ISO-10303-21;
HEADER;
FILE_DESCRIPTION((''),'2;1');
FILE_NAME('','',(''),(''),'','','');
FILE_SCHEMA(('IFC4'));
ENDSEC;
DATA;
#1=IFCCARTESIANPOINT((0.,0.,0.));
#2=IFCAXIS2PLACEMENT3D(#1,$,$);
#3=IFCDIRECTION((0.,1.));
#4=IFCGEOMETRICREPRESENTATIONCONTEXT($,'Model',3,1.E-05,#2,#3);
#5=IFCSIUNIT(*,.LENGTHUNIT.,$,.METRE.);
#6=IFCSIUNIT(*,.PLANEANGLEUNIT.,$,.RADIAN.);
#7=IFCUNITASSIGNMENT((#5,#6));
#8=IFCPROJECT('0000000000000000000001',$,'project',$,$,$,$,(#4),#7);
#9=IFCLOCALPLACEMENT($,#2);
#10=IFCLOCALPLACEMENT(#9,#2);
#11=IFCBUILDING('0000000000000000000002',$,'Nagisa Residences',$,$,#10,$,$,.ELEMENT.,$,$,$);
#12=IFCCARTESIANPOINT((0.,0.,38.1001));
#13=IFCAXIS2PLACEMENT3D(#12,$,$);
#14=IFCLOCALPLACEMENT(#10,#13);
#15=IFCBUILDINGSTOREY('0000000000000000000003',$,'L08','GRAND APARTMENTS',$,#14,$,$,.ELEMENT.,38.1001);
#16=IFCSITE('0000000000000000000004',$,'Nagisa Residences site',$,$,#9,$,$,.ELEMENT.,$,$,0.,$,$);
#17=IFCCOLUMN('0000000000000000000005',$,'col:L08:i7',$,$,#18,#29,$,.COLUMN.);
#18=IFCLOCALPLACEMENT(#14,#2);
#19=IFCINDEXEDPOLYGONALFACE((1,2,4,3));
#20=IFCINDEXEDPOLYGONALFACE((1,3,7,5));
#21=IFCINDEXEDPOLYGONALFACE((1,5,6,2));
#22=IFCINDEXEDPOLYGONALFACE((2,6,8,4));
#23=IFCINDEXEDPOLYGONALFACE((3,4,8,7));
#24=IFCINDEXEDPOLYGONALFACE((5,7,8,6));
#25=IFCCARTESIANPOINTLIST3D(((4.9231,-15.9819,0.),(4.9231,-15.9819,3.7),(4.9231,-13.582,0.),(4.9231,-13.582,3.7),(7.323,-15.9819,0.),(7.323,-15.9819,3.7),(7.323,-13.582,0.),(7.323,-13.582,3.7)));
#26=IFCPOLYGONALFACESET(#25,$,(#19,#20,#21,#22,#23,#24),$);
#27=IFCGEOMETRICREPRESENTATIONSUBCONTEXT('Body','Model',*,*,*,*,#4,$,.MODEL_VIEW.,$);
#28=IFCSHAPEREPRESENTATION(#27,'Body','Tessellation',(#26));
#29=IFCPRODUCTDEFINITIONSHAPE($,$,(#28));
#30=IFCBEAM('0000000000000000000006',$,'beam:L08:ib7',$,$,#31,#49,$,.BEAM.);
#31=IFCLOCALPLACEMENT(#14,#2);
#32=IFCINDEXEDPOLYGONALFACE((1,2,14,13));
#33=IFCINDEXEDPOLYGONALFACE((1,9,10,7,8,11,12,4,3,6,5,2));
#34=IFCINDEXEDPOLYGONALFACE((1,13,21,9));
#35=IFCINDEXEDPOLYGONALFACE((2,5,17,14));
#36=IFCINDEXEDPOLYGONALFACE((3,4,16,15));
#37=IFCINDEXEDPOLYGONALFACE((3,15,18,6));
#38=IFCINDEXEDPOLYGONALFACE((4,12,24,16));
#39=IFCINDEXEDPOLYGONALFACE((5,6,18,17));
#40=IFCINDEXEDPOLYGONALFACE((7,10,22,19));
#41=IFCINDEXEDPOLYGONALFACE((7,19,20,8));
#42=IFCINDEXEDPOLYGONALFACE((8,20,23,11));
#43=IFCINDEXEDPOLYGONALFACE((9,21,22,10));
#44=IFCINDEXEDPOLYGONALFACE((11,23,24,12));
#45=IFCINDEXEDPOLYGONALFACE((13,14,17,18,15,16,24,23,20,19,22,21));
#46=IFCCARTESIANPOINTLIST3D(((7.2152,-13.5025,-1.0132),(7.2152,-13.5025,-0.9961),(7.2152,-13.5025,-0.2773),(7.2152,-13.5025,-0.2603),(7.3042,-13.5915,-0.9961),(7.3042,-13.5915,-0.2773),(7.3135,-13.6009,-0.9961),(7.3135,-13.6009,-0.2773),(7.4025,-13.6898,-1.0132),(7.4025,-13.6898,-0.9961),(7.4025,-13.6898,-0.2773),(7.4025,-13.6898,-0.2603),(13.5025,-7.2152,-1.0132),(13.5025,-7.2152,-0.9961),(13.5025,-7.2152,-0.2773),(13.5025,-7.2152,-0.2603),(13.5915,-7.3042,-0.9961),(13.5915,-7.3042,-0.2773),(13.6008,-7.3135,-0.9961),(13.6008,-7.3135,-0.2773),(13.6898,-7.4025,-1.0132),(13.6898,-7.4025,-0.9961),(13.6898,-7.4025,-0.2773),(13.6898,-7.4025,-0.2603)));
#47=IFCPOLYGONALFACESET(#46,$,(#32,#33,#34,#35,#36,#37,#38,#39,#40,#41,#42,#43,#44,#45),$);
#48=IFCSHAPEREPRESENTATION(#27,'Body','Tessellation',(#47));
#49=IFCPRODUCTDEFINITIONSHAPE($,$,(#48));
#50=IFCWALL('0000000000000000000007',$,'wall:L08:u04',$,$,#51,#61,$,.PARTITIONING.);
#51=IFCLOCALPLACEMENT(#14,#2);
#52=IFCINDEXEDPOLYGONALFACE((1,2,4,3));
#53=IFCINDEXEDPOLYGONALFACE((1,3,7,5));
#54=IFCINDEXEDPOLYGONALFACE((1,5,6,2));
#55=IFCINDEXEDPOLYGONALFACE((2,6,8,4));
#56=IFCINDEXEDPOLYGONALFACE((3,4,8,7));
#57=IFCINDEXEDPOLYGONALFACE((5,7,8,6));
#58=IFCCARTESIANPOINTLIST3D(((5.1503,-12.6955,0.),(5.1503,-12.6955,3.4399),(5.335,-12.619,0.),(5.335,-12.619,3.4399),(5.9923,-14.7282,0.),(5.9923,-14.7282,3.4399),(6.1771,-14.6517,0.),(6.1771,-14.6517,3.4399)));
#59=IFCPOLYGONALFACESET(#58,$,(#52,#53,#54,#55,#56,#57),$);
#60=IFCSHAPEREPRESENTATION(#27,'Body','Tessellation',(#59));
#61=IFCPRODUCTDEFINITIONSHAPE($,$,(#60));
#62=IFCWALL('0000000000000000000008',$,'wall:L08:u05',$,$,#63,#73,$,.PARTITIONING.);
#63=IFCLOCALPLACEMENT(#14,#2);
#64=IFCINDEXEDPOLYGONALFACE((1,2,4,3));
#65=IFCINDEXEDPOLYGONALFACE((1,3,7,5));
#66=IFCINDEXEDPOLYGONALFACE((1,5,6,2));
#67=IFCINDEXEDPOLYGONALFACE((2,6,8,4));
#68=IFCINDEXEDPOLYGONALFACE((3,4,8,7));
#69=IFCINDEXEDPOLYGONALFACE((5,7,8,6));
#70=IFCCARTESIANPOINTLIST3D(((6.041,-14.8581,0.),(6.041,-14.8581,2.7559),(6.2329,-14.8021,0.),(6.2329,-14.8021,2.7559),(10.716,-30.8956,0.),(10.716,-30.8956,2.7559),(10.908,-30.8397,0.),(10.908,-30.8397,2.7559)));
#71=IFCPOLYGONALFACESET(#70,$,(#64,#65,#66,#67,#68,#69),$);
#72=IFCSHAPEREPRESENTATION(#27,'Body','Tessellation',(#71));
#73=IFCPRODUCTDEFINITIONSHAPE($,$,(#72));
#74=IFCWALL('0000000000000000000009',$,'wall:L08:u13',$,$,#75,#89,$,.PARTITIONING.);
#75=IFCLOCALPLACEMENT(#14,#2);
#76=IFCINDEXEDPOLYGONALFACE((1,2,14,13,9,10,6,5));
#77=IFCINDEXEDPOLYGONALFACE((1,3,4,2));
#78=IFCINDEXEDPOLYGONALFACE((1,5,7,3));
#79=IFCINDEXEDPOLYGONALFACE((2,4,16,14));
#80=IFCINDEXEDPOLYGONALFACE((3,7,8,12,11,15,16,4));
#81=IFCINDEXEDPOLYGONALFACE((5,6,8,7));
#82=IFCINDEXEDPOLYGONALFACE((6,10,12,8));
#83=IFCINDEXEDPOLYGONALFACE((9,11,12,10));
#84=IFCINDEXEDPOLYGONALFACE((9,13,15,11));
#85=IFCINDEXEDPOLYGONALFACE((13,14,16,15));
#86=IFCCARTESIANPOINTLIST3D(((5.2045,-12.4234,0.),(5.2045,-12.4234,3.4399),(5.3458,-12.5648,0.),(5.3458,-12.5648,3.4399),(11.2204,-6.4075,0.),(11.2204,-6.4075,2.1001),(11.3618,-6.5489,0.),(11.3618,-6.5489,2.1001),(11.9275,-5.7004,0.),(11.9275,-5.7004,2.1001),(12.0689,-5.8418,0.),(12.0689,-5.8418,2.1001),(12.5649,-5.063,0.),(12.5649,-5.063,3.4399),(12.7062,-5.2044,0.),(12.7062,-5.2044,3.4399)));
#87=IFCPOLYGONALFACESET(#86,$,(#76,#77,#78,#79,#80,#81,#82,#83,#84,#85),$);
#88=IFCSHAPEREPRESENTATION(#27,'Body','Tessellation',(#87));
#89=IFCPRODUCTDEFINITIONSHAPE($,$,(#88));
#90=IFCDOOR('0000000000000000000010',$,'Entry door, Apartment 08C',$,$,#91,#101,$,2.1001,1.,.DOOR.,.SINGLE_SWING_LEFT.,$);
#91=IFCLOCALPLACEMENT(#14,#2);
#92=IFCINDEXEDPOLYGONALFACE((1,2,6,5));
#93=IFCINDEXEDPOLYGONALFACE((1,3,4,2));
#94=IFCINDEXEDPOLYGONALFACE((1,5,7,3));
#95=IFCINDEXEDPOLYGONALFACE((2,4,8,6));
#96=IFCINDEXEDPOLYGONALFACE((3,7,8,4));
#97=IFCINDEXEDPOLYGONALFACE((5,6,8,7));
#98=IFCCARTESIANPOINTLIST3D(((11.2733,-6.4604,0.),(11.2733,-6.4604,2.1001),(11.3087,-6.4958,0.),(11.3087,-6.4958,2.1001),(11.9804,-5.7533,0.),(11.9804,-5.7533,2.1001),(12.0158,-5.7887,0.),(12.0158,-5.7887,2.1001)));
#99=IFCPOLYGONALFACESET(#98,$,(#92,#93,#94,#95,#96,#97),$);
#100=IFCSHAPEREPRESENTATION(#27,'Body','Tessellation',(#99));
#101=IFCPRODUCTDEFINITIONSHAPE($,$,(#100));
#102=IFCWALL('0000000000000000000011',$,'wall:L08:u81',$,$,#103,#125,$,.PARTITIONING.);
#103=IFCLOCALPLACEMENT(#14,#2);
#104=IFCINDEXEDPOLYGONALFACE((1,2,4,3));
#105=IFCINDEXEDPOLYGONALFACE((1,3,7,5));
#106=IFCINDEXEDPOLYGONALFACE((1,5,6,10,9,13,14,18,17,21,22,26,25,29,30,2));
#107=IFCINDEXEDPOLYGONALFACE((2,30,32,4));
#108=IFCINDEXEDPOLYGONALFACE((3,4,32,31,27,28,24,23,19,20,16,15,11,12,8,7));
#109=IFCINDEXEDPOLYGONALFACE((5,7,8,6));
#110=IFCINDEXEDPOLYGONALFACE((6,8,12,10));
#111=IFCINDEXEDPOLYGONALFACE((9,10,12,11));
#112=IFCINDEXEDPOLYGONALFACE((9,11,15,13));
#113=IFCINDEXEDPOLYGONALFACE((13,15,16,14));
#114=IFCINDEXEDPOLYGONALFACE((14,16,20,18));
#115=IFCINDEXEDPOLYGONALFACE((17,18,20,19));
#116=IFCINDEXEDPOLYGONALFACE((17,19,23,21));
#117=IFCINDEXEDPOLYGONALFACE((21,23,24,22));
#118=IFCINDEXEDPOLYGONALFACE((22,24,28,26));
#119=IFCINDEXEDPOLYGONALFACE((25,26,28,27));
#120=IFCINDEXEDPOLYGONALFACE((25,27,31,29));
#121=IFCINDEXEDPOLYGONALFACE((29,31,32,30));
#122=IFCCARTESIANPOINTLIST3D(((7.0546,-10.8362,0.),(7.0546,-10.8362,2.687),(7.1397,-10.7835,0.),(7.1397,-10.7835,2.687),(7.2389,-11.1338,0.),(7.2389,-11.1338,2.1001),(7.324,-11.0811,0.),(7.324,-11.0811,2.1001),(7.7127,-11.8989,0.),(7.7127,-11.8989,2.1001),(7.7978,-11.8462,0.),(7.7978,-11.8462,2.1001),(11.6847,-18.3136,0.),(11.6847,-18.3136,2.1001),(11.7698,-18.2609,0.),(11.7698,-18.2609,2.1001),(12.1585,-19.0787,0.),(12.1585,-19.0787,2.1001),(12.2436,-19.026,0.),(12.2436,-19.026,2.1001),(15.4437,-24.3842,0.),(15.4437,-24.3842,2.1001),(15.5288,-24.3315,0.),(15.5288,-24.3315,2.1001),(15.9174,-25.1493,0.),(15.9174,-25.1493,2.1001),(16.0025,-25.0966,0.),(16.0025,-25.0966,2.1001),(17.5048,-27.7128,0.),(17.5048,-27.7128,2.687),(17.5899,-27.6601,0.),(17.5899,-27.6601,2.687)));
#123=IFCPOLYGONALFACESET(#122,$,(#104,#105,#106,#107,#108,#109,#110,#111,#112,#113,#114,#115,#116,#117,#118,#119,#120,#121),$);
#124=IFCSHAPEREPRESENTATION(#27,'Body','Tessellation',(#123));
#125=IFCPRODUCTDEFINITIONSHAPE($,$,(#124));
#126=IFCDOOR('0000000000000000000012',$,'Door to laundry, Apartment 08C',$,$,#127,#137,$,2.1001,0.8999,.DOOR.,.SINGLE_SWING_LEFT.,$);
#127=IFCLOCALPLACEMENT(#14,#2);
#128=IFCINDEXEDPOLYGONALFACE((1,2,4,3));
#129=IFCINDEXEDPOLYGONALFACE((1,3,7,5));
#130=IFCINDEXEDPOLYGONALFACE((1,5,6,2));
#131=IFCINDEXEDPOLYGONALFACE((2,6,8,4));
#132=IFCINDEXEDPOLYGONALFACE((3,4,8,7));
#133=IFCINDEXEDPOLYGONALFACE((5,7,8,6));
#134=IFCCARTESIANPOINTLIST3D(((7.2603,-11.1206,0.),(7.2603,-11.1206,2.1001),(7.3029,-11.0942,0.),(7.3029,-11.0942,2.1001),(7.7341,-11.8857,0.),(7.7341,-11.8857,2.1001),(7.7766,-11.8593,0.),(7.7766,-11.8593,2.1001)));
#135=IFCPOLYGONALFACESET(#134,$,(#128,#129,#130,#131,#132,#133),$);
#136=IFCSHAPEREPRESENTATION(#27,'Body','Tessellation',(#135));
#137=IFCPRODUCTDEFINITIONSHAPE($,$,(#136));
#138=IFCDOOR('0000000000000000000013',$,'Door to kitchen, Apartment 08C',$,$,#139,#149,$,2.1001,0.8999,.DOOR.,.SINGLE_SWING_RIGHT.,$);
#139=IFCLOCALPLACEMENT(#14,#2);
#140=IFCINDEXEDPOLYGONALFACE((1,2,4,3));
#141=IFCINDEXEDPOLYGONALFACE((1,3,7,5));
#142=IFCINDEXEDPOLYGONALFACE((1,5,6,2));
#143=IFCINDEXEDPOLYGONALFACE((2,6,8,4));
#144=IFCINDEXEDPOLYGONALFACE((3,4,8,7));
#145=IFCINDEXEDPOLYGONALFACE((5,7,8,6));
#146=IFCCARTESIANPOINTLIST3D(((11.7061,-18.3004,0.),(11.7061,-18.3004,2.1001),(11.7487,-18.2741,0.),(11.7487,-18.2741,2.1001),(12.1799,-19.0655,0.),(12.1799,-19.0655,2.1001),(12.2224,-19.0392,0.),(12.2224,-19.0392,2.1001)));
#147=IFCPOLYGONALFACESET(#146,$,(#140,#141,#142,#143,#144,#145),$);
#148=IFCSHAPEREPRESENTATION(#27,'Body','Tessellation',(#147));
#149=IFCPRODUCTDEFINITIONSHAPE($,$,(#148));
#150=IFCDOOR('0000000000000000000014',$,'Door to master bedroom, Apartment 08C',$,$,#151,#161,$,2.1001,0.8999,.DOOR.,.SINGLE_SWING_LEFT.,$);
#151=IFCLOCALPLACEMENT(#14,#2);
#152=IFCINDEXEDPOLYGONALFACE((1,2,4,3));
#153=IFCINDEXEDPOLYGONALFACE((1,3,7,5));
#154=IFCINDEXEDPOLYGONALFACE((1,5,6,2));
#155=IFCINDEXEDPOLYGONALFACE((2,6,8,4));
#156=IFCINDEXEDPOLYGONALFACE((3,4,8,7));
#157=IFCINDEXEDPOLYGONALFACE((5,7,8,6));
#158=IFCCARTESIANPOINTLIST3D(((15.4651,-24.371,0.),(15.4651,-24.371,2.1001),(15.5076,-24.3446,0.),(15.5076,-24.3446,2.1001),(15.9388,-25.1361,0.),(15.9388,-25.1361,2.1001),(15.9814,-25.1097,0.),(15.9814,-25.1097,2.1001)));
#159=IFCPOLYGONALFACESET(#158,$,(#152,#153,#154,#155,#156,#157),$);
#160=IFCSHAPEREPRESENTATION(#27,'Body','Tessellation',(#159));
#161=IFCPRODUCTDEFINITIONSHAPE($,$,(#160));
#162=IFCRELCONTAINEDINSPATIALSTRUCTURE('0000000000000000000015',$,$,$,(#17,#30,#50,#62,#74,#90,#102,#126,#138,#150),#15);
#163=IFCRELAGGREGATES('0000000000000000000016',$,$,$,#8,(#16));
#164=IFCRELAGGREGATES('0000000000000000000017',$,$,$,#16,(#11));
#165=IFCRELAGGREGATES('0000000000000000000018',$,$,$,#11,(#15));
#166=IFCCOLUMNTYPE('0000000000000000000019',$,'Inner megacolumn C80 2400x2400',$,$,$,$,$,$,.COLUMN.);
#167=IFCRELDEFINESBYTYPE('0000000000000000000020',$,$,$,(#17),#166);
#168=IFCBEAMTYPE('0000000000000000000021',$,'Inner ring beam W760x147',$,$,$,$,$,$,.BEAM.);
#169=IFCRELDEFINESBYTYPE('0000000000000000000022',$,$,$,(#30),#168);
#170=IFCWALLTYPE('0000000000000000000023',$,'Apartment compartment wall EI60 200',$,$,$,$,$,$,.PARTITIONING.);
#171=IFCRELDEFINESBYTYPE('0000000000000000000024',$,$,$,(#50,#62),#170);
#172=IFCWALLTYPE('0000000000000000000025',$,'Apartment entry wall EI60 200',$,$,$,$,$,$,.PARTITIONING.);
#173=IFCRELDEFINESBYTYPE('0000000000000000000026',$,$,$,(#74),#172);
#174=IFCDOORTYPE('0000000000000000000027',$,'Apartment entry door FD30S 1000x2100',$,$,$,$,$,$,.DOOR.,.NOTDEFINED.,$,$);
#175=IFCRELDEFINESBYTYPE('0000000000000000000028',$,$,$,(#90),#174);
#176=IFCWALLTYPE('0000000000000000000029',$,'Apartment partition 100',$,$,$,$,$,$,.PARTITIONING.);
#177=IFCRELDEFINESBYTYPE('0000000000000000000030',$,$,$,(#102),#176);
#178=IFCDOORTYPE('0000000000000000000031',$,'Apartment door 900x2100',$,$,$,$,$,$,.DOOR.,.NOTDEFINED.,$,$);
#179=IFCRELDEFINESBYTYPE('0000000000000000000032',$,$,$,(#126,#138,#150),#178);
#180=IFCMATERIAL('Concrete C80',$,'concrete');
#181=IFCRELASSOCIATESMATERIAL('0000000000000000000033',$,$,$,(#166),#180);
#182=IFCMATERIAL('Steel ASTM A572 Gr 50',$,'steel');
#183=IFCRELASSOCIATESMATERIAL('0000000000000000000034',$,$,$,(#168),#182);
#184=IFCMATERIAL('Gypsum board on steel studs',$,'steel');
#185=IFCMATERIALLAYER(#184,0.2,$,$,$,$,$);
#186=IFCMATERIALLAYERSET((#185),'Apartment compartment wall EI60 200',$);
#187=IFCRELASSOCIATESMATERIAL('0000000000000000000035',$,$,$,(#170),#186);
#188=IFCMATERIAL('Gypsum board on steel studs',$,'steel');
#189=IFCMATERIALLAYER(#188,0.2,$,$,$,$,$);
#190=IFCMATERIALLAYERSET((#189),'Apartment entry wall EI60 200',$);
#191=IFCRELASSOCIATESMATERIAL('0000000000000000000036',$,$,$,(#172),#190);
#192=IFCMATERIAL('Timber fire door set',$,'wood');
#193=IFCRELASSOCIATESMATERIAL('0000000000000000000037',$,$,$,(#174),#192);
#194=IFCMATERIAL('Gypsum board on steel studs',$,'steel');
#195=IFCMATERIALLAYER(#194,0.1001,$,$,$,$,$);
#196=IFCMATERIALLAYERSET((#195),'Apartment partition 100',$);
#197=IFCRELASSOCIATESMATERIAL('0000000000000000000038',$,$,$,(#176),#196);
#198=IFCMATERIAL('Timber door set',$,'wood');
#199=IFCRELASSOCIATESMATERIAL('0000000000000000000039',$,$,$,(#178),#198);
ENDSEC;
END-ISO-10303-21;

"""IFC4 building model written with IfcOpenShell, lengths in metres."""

from ifc_helpers import new_model, si_unit, direction, frame, frame_2d, origin, origin_2d, place, context, subcontext, project, spatial, rectangle, i_section, extrude, material, layer, layer_set, material_profile, profile_set, type_object, element, fill, save


model = new_model("IFC4")

# Units and contexts
model_context = context("Model", 3, precision=1e-05, world=origin(), true_north=direction((0.0, 1.0)))
body_context = subcontext(model_context, "Body", "Model", "MODEL_VIEW")
ifc_project = project(units=[si_unit("LENGTHUNIT", "METRE"), si_unit("PLANEANGLEUNIT", "RADIAN")], contexts=[model_context])

# Site, building, storey
site_placement = place(None, origin())
site = spatial("IfcSite", under=ifc_project, at=site_placement, Name="Nagisa Residences site", CompositionType="ELEMENT", RefElevation=0.0)
building_placement = place(site_placement, origin())
building = spatial("IfcBuilding", under=site, at=building_placement, Name="Nagisa Residences", CompositionType="ELEMENT")
storey_placement = place(building_placement, frame((0.0, 0.0, 38.1001)))
storey = spatial("IfcBuildingStorey", under=building, at=storey_placement, Name="L08", Description="GRAND APARTMENTS", CompositionType="ELEMENT", Elevation=38.1001)

# Column
ifc_material_1 = material(Name="Concrete C80", Category="concrete")
ifc_material_profile_1 = material_profile(ifc_material_1, rectangle(XDim=2.3999, YDim=2.3999, at=origin_2d()), Name="C80 2400x2400")
ifc_profile_set_1 = profile_set([ifc_material_profile_1], Name="Concrete C80")
column_type = type_object("IfcColumnType", Name="Inner megacolumn C80 2400x2400", PredefinedType="COLUMN", material=ifc_profile_set_1)
column_placement = place(storey_placement, frame((6.123, -14.782, 0.0), z_axis=(0.0, 0.0, 1.0), x_axis=(1.0, 0.0, 0.0)))
element("IfcColumn", 1, at=column_placement, inside=storey, type_object=column_type, Name="col:L08:i7", PredefinedType="COLUMN", context=body_context, shape_type="SweptSolid", body=[
    extrude(rectangle(XDim=2.3999, YDim=2.3999, at=origin_2d()), origin(), (0.0, 0.0, 1.0), 3.7),
])

# Beam
ifc_material_2 = material(Name="Steel ASTM A572 Gr 50", Category="steel")
ifc_material_profile_2 = material_profile(ifc_material_2, i_section(OverallWidth=0.2649, OverallDepth=0.7529, WebThickness=0.0132, FlangeThickness=0.0171, at=origin_2d()), Name="W760x147")
ifc_profile_set_2 = profile_set([ifc_material_profile_2], Name="Steel ASTM A572 Gr 50")
beam_type = type_object("IfcBeamType", Name="Inner ring beam W760x147", PredefinedType="BEAM", material=ifc_profile_set_2)
beam_placement = place(storey_placement, frame((7.3088, -13.5962, -0.6367), z_axis=(0.707107, 0.707107, 0.0), x_axis=(-0.707107, 0.707107, 0.0)))
element("IfcBeam", 2, at=beam_placement, inside=storey, type_object=beam_type, Name="beam:L08:ib7", PredefinedType="BEAM", context=body_context, shape_type="SweptSolid", body=[
    extrude(i_section(OverallWidth=0.2649, OverallDepth=0.7529, WebThickness=0.0132, FlangeThickness=0.0171, at=origin_2d()), origin(), (0.0, 0.0, 1.0), 8.8916),
])

# Walls
ifc_material_3 = material(Name="Gypsum board on steel studs", Category="steel")
ifc_layer_1 = layer(ifc_material_3, 0.2)
ifc_layer_set_1 = layer_set([ifc_layer_1], Name="Apartment compartment wall EI60 200")
wall_type_1 = type_object("IfcWallType", Name="Apartment compartment wall EI60 200", PredefinedType="PARTITIONING", material=ifc_layer_set_1)
wall_1_placement = place(storey_placement, frame((5.2427, -12.6572, 0.0), z_axis=(0.0, 0.0, 1.0), x_axis=(0.382708, -0.923869, 0.0)))
element("IfcWall", 3, at=wall_1_placement, inside=storey, type_object=wall_type_1, Name="wall:L08:u04", PredefinedType="PARTITIONING", context=body_context, shape_type="SweptSolid", body=[
    extrude(rectangle(XDim=2.2002, YDim=0.2, at=frame_2d((1.1001, 0.0))), origin(), (0.0, 0.0, 1.0), 3.4399),
])
wall_2_placement = place(storey_placement, frame((6.137, -14.8301, 0.0), z_axis=(0.0, 0.0, 1.0), x_axis=(0.279857, -0.960042, 0.0)))
element("IfcWall", 4, at=wall_2_placement, inside=storey, type_object=wall_type_1, Name="wall:L08:u05", PredefinedType="PARTITIONING", context=body_context, shape_type="SweptSolid", body=[
    extrude(rectangle(XDim=16.7051, YDim=0.2, at=frame_2d((8.3525, 0.0))), origin(), (0.0, 0.0, 1.0), 2.7559),
])

# Wall, opening, door
ifc_material_4 = material(Name="Gypsum board on steel studs", Category="steel")
ifc_layer_2 = layer(ifc_material_4, 0.2)
ifc_layer_set_2 = layer_set([ifc_layer_2], Name="Apartment entry wall EI60 200")
wall_type_2 = type_object("IfcWallType", Name="Apartment entry wall EI60 200", PredefinedType="PARTITIONING", material=ifc_layer_set_2)
wall_3_placement = place(storey_placement, frame((5.2751, -12.4941, 0.0), z_axis=(0.0, 0.0, 1.0), x_axis=(0.707107, 0.707107, 0.0)))
wall_3 = element("IfcWall", 5, at=wall_3_placement, inside=storey, type_object=wall_type_2, Name="wall:L08:u13", PredefinedType="PARTITIONING", context=body_context, shape_type="SweptSolid", body=[
    extrude(rectangle(XDim=10.4092, YDim=0.2, at=frame_2d((5.2046, 0.0))), origin(), (0.0, 0.0, 1.0), 3.4399),
])
opening_1_placement = place(wall_3_placement, frame((8.5078, 0.0, 0.0)))
opening_1 = element("IfcOpeningElement", 6, at=opening_1_placement, cuts=wall_3, PredefinedType="OPENING", context=body_context, shape_type="SweptSolid", body=[
    extrude(rectangle(XDim=1.0, YDim=2.1001, at=frame_2d((0.5, 1.05))), frame((0.0, 0.1099, 0.0), z_axis=(0.0, -1.0, 0.0), x_axis=(1.0, 0.0, 0.0)), (0.0, 0.0, 1.0), 0.22),
])
ifc_material_5 = material(Name="Timber fire door set", Category="wood")
door_type_1 = type_object("IfcDoorType", Name="Apartment entry door FD30S 1000x2100", OperationType="NOTDEFINED", PredefinedType="DOOR", material=ifc_material_5)
door_1_placement = place(opening_1_placement, frame((1.0, 0.0, 0.0), x_axis=(-1.0, 0.0, 0.0)))
door_1 = element("IfcDoor", 7, at=door_1_placement, inside=storey, type_object=door_type_1, Name="Entry door, Apartment 08C", OperationType="SINGLE_SWING_LEFT", OverallHeight=2.1001, OverallWidth=1.0, PredefinedType="DOOR", context=body_context, shape_type="SweptSolid", body=[
    extrude(rectangle(XDim=1.0, YDim=2.1001, at=frame_2d((0.5, 1.05))), frame((0.0, 0.0249, 0.0), z_axis=(0.0, -1.0, 0.0), x_axis=(1.0, 0.0, 0.0)), (0.0, 0.0, 1.0), 0.05),
])
fill(opening_1, door_1)

# Wall, openings, doors
ifc_material_6 = material(Name="Gypsum board on steel studs", Category="steel")
ifc_layer_3 = layer(ifc_material_6, 0.1001)
ifc_layer_set_3 = layer_set([ifc_layer_3], Name="Apartment partition 100")
wall_type_3 = type_object("IfcWallType", Name="Apartment partition 100", PredefinedType="PARTITIONING", material=ifc_layer_set_3)
wall_4_placement = place(storey_placement, frame((7.0972, -10.8098, 0.0), z_axis=(0.0, 0.0, 1.0), x_axis=(0.526453, -0.850204, 0.0)))
wall_4 = element("IfcWall", 8, at=wall_4_placement, inside=storey, type_object=wall_type_3, Name="wall:L08:u81", PredefinedType="PARTITIONING", context=body_context, shape_type="SweptSolid", body=[
    extrude(rectangle(XDim=19.8501, YDim=0.1001, at=frame_2d((9.925, 0.0))), origin(), (0.0, 0.0, 1.0), 2.687),
])
opening_2_placement = place(wall_4_placement, frame((0.3501, 0.0, 0.0)))
opening_2 = element("IfcOpeningElement", 9, at=opening_2_placement, cuts=wall_4, PredefinedType="OPENING", context=body_context, shape_type="SweptSolid", body=[
    extrude(rectangle(XDim=0.8999, YDim=2.1001, at=frame_2d((0.45, 1.05))), frame((0.0, 0.0601, 0.0), z_axis=(0.0, -1.0, 0.0), x_axis=(1.0, 0.0, 0.0)), (0.0, 0.0, 1.0), 0.1201),
])
opening_3_placement = place(wall_4_placement, frame((8.7949, 0.0, 0.0)))
opening_3 = element("IfcOpeningElement", 10, at=opening_3_placement, cuts=wall_4, PredefinedType="OPENING", context=body_context, shape_type="SweptSolid", body=[
    extrude(rectangle(XDim=0.8999, YDim=2.1001, at=frame_2d((0.45, 1.05))), frame((0.0, 0.0601, 0.0), z_axis=(0.0, -1.0, 0.0), x_axis=(1.0, 0.0, 0.0)), (0.0, 0.0, 1.0), 0.1201),
])
opening_4_placement = place(wall_4_placement, frame((15.9351, 0.0, 0.0)))
opening_4 = element("IfcOpeningElement", 11, at=opening_4_placement, cuts=wall_4, PredefinedType="OPENING", context=body_context, shape_type="SweptSolid", body=[
    extrude(rectangle(XDim=0.8999, YDim=2.1001, at=frame_2d((0.45, 1.05))), frame((0.0, 0.0601, 0.0), z_axis=(0.0, -1.0, 0.0), x_axis=(1.0, 0.0, 0.0)), (0.0, 0.0, 1.0), 0.1201),
])
ifc_material_7 = material(Name="Timber door set", Category="wood")
door_type_2 = type_object("IfcDoorType", Name="Apartment door 900x2100", OperationType="NOTDEFINED", PredefinedType="DOOR", material=ifc_material_7)
door_2_placement = place(opening_2_placement, frame((0.8999, 0.0, 0.0), x_axis=(-1.0, 0.0, 0.0)))
door_2 = element("IfcDoor", 12, at=door_2_placement, inside=storey, type_object=door_type_2, Name="Door to laundry, Apartment 08C", OperationType="SINGLE_SWING_LEFT", OverallHeight=2.1001, OverallWidth=0.8999, PredefinedType="DOOR", context=body_context, shape_type="SweptSolid", body=[
    extrude(rectangle(XDim=0.8999, YDim=2.1001, at=frame_2d((0.45, 1.05))), frame((0.0, 0.0249, 0.0), z_axis=(0.0, -1.0, 0.0), x_axis=(1.0, 0.0, 0.0)), (0.0, 0.0, 1.0), 0.05),
])
fill(opening_2, door_2)
door_3_placement = place(opening_3_placement, frame((0.8999, 0.0, 0.0), x_axis=(-1.0, 0.0, 0.0)))
door_3 = element("IfcDoor", 13, at=door_3_placement, inside=storey, type_object=door_type_2, Name="Door to kitchen, Apartment 08C", OperationType="SINGLE_SWING_RIGHT", OverallHeight=2.1001, OverallWidth=0.8999, PredefinedType="DOOR", context=body_context, shape_type="SweptSolid", body=[
    extrude(rectangle(XDim=0.8999, YDim=2.1001, at=frame_2d((0.45, 1.05))), frame((0.0, 0.0249, 0.0), z_axis=(0.0, -1.0, 0.0), x_axis=(1.0, 0.0, 0.0)), (0.0, 0.0, 1.0), 0.05),
])
fill(opening_3, door_3)
door_4_placement = place(opening_4_placement, frame((0.8999, 0.0, 0.0), x_axis=(-1.0, 0.0, 0.0)))
door_4 = element("IfcDoor", 14, at=door_4_placement, inside=storey, type_object=door_type_2, Name="Door to master bedroom, Apartment 08C", OperationType="SINGLE_SWING_LEFT", OverallHeight=2.1001, OverallWidth=0.8999, PredefinedType="DOOR", context=body_context, shape_type="SweptSolid", body=[
    extrude(rectangle(XDim=0.8999, YDim=2.1001, at=frame_2d((0.45, 1.05))), frame((0.0, 0.0249, 0.0), z_axis=(0.0, -1.0, 0.0), x_axis=(1.0, 0.0, 0.0)), (0.0, 0.0, 1.0), 0.05),
])
fill(opening_4, door_4)

save(model, "model.ifc")
